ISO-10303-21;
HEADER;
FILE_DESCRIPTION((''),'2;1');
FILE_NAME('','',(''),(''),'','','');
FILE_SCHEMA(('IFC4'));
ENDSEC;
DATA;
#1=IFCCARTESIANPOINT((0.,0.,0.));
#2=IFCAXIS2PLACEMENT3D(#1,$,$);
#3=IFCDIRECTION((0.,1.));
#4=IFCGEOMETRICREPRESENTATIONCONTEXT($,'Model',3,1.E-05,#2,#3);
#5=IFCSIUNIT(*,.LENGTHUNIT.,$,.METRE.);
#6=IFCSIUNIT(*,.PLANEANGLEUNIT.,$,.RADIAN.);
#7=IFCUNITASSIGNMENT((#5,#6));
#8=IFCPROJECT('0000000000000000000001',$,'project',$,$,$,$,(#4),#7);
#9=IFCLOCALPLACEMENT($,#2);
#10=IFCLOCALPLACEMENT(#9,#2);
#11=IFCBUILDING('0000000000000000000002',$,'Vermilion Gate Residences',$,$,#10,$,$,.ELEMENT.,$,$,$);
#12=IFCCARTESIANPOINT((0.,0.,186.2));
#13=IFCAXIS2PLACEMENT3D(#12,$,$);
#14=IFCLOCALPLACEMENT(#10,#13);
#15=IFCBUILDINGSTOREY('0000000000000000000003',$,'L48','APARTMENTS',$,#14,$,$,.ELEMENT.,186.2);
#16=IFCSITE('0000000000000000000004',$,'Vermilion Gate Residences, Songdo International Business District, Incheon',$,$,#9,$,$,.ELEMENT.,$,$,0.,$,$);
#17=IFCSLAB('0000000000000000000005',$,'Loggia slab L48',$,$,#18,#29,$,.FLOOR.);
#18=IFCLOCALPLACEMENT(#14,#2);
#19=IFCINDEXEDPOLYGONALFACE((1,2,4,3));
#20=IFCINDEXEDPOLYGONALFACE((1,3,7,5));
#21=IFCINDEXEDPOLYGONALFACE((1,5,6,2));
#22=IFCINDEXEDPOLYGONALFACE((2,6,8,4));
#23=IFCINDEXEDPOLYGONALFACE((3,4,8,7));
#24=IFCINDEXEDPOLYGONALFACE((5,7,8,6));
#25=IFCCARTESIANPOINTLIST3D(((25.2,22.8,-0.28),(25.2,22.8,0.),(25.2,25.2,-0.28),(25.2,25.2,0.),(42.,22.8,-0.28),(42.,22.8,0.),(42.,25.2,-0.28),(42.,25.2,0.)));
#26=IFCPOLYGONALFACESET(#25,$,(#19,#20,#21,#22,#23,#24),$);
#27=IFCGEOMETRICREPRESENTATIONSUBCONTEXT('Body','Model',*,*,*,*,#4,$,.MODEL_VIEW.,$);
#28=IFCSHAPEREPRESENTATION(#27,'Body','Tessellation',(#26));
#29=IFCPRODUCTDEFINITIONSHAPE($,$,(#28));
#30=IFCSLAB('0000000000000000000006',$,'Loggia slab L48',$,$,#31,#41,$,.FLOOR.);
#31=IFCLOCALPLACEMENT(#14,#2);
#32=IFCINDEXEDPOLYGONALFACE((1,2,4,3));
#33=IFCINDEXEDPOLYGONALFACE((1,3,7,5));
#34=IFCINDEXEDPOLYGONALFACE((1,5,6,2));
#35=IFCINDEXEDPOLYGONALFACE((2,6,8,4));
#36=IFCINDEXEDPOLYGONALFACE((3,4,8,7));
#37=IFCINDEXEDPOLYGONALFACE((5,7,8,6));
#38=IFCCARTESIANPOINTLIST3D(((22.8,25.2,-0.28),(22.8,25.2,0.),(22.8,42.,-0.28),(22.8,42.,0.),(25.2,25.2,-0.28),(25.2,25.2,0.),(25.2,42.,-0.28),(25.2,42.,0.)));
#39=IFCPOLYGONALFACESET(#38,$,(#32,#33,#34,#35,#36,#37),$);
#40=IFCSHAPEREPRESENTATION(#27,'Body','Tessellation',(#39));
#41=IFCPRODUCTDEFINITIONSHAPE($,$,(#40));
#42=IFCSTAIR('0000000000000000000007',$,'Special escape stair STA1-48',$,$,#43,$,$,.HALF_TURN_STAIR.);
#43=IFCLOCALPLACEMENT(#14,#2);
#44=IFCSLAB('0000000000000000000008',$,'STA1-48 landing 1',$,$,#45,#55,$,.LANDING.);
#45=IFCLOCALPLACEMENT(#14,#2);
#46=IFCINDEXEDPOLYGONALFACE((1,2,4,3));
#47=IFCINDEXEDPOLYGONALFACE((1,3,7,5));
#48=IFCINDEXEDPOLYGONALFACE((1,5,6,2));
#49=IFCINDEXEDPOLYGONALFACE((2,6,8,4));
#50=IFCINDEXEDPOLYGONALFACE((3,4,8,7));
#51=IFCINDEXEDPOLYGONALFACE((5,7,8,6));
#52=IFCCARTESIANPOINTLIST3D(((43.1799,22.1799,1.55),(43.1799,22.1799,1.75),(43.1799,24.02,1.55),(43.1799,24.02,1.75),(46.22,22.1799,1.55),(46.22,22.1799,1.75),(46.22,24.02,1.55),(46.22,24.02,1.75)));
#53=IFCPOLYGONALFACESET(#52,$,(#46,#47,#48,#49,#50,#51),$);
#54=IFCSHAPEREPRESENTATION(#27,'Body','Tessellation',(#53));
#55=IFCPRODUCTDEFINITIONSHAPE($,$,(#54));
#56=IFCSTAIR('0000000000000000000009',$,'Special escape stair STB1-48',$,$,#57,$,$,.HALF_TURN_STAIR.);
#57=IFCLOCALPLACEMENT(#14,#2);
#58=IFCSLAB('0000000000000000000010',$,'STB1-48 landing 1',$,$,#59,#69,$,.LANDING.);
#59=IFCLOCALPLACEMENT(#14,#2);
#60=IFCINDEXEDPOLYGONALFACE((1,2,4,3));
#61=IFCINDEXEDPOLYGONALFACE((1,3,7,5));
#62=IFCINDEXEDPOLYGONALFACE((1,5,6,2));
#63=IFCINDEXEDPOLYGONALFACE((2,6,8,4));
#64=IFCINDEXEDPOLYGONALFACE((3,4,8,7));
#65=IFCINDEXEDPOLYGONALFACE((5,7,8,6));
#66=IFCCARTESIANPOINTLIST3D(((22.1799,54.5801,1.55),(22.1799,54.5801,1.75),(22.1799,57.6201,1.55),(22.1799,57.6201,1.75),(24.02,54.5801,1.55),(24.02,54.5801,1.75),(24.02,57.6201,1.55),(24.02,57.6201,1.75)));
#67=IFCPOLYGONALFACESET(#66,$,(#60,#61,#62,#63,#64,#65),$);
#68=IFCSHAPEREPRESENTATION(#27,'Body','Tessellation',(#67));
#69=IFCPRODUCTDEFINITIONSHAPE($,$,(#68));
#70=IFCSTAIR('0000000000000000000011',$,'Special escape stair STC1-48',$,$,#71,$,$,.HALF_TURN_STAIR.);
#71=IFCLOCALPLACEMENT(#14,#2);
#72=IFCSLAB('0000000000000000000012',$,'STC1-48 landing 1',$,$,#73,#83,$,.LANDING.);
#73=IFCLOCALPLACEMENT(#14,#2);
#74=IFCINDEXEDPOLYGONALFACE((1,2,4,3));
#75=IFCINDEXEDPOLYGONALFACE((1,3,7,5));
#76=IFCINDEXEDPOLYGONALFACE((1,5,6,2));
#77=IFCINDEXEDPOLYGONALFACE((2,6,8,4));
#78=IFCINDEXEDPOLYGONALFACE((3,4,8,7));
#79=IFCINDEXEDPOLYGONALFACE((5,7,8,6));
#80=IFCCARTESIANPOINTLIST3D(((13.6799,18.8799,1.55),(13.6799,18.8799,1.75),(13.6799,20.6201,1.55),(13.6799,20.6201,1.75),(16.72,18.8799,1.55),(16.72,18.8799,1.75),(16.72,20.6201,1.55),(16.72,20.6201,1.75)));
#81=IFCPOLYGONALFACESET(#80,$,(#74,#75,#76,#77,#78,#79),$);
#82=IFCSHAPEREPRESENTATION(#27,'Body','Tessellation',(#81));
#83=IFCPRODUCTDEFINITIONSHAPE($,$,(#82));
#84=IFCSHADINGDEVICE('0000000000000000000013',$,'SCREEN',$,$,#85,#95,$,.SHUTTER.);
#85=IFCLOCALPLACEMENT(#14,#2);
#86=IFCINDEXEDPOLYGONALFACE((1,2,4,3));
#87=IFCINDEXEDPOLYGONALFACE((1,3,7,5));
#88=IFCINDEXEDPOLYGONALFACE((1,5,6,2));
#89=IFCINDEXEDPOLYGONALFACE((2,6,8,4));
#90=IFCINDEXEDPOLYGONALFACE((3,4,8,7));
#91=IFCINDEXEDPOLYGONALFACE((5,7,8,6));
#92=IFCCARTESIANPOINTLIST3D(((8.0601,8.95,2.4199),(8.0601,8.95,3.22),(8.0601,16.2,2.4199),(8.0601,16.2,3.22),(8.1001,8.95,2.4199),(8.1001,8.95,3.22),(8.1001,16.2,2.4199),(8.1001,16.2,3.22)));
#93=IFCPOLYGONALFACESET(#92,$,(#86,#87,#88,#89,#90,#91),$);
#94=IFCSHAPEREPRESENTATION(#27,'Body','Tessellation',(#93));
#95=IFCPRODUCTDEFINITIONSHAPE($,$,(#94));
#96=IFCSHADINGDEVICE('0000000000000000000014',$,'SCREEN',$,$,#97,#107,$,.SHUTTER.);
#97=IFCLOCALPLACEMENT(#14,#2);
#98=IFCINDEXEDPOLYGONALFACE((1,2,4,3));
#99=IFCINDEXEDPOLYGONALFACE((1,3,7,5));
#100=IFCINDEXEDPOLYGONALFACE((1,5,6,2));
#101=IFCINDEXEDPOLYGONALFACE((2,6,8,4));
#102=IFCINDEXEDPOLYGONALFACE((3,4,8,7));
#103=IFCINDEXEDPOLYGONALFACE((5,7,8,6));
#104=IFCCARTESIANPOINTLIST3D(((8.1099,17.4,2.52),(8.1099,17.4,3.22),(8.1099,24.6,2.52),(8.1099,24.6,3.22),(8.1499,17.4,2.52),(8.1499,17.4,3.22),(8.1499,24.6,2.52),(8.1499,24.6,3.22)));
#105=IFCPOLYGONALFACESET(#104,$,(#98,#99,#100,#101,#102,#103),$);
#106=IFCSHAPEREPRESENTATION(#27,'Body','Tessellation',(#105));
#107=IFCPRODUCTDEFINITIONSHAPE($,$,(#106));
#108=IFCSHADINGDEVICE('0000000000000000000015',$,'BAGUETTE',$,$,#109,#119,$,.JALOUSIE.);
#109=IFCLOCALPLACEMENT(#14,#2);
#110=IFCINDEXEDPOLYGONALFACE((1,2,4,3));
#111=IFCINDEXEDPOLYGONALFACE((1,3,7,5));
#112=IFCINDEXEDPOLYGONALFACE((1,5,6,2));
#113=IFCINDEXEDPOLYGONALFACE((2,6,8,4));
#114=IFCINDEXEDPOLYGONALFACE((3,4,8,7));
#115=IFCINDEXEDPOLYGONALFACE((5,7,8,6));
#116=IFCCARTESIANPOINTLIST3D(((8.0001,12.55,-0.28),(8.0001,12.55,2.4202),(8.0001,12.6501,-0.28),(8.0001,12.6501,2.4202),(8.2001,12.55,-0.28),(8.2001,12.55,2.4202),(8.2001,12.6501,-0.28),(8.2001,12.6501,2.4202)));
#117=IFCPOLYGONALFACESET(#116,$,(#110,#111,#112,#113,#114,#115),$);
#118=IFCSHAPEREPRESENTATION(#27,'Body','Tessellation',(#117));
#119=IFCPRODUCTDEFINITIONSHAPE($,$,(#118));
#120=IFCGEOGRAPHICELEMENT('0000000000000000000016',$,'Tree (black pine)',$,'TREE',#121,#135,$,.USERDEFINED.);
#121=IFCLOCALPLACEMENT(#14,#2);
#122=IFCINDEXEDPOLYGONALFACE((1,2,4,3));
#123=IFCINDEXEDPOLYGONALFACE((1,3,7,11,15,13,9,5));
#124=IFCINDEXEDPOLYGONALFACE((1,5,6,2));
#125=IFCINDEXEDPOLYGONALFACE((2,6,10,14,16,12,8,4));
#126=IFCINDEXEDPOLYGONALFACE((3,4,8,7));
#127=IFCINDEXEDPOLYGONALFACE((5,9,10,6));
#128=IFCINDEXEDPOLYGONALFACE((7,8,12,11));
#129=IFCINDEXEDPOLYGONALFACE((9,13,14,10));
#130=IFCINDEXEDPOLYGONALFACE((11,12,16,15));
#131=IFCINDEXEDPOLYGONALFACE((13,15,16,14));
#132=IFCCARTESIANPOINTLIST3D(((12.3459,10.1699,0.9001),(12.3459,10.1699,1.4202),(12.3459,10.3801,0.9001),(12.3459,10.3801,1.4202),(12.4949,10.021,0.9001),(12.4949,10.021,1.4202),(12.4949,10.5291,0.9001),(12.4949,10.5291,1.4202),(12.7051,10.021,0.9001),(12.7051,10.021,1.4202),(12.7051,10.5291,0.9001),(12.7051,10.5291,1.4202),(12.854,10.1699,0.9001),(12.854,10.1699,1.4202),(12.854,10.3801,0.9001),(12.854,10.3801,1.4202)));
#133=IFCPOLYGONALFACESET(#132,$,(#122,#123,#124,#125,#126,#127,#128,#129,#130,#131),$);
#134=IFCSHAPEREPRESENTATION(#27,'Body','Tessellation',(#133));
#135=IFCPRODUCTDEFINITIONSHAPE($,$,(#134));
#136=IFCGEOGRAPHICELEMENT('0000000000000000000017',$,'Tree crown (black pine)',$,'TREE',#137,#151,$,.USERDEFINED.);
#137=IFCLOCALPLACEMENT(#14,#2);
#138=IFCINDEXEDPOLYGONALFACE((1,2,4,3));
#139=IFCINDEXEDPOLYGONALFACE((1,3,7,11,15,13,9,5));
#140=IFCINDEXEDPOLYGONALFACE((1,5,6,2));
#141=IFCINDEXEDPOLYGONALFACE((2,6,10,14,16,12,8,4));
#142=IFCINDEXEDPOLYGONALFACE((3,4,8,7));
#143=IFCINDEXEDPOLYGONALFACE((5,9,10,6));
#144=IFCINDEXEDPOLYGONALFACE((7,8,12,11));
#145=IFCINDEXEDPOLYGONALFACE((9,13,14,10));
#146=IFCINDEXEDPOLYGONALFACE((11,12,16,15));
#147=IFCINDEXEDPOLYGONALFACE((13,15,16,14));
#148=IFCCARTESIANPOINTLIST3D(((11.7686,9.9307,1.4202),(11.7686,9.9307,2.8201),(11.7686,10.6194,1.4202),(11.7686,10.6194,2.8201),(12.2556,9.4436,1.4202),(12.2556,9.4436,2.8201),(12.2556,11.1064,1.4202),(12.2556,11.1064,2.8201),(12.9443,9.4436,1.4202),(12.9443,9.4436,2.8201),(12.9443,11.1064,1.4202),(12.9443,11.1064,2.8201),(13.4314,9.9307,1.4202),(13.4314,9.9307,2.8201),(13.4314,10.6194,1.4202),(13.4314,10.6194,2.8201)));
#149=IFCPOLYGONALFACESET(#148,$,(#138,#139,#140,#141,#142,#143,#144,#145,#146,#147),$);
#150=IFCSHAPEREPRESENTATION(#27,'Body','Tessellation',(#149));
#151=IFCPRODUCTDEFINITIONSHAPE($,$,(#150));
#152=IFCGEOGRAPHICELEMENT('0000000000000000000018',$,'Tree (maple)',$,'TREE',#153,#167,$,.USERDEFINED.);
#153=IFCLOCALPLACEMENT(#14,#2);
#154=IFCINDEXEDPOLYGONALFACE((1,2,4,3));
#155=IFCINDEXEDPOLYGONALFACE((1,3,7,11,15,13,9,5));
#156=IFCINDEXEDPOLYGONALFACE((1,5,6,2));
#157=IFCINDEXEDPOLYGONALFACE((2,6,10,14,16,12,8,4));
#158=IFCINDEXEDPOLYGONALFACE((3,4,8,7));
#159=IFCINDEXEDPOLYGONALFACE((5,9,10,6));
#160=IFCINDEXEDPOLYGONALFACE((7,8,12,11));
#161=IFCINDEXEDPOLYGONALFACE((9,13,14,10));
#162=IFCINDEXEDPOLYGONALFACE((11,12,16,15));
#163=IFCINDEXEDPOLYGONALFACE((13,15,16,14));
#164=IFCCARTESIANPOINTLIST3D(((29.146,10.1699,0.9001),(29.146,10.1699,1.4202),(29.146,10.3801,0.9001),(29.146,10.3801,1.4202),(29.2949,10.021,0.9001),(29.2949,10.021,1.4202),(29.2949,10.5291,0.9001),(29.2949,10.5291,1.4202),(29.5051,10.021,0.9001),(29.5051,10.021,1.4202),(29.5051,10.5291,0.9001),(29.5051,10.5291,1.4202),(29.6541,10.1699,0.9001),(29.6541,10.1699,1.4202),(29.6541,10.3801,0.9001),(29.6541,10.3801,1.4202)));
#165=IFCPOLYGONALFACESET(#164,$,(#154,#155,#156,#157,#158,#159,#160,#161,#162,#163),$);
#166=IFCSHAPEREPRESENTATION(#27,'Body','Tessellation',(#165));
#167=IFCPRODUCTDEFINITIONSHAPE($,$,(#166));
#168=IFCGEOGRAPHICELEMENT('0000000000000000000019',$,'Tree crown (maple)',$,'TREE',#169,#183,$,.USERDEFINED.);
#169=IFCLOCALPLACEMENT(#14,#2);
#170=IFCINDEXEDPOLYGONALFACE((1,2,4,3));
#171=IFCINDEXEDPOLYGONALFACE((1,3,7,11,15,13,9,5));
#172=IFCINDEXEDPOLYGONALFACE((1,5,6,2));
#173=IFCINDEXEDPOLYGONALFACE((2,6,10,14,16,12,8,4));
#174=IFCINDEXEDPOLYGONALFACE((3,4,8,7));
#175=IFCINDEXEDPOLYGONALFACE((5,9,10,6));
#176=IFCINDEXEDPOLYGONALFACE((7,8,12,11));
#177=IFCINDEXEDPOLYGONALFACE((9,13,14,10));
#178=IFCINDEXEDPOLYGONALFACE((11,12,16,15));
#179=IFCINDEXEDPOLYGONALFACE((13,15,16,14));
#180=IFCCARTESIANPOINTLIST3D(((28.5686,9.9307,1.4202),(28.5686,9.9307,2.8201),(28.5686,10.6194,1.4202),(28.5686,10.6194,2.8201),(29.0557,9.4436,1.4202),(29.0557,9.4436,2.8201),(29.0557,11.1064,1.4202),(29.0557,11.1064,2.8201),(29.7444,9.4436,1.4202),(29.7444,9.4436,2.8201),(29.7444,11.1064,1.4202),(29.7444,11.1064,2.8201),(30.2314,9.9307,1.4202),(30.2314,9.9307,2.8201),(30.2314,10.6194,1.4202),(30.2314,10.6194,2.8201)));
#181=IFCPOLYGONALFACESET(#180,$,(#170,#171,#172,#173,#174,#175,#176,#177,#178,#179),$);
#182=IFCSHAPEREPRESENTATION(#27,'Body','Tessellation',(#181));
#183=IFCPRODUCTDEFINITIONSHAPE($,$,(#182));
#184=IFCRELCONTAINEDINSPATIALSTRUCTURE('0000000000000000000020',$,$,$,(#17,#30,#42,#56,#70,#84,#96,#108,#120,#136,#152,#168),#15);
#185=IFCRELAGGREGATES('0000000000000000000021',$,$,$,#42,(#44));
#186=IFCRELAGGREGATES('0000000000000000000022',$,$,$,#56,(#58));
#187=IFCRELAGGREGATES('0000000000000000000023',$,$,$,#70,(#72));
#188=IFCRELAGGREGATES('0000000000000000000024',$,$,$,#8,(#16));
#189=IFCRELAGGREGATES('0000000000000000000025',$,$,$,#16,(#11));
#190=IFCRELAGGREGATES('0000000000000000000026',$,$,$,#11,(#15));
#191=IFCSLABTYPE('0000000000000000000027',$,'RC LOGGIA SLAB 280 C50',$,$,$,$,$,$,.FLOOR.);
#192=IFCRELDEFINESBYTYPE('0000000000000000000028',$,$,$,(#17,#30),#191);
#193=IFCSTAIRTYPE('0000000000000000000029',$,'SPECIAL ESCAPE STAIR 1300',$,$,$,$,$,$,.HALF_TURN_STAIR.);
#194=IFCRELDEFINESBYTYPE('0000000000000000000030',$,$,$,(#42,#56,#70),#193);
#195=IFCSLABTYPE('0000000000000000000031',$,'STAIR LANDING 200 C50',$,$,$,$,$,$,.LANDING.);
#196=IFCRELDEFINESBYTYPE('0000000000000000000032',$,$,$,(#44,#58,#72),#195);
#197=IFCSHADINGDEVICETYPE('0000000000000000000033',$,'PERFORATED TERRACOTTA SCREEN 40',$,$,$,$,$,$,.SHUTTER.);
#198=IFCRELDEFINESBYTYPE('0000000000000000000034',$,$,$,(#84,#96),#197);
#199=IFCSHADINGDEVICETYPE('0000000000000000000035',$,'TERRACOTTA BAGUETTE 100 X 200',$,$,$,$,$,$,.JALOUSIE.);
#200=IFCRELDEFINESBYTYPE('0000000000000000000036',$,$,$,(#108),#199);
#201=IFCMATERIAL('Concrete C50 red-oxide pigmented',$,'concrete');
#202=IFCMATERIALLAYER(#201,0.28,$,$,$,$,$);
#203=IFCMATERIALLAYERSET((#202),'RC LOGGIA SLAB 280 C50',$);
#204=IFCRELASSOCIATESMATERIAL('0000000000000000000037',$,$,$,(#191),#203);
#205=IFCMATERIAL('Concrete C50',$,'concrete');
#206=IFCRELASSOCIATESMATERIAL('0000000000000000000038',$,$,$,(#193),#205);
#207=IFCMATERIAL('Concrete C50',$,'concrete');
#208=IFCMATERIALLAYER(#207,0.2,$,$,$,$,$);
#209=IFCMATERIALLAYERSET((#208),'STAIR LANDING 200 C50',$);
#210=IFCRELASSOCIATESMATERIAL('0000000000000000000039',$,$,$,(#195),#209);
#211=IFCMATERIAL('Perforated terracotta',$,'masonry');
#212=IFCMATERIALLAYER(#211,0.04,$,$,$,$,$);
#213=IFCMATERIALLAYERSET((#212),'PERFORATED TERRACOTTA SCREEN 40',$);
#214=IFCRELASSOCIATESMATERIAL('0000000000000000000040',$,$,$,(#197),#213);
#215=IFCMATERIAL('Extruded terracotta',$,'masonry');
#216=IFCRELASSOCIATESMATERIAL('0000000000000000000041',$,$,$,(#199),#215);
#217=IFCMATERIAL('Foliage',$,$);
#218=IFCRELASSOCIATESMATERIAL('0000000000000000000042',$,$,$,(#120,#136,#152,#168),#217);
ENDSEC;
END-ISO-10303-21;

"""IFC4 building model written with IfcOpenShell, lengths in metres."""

from ifc_helpers import new_model, si_unit, direction, frame, origin, origin_2d, place, context, subcontext, project, spatial, polyline, rectangle, outline, extrude, material, layer, layer_set, material_profile, profile_set, type_object, element, aggregate, save


model = new_model("IFC4")

# Units and contexts
model_context = context("Model", 3, precision=1e-05, world=origin(), true_north=direction((0.0, 1.0)))
body_context = subcontext(model_context, "Body", "Model", "MODEL_VIEW")
ifc_project = project(units=[si_unit("LENGTHUNIT", "METRE"), si_unit("PLANEANGLEUNIT", "RADIAN")], contexts=[model_context])

# Site, building, storey
site_placement = place(None, origin())
site = spatial("IfcSite", under=ifc_project, at=site_placement, Name="Vermilion Gate Residences, Songdo International Business District, Incheon", CompositionType="ELEMENT", RefElevation=0.0)
building_placement = place(site_placement, origin())
building = spatial("IfcBuilding", under=site, at=building_placement, Name="Vermilion Gate Residences", CompositionType="ELEMENT")
storey_placement = place(building_placement, frame((0.0, 0.0, 186.2)))
storey = spatial("IfcBuildingStorey", under=building, at=storey_placement, Name="L48", Description="APARTMENTS", CompositionType="ELEMENT", Elevation=186.2)

# Slabs
ifc_material_1 = material(Name="Concrete C50 red-oxide pigmented", Category="concrete")
ifc_layer_1 = layer(ifc_material_1, 0.28)
ifc_layer_set_1 = layer_set([ifc_layer_1], Name="RC LOGGIA SLAB 280 C50")
slab_type_1 = type_object("IfcSlabType", Name="RC LOGGIA SLAB 280 C50", PredefinedType="FLOOR", material=ifc_layer_set_1)
slab_1_placement = place(storey_placement, frame((0.0, 0.0, -0.28)))
element("IfcSlab", 1, at=slab_1_placement, inside=storey, type_object=slab_type_1, Name="Loggia slab L48", PredefinedType="FLOOR", context=body_context, shape_type="SweptSolid", body=[
    extrude(outline(polyline([(42.0, 25.2), (25.2, 25.2), (25.2, 22.8), (42.0, 22.8), (42.0, 25.2)])), origin(), (0.0, 0.0, 1.0), 0.28),
])
slab_2_placement = place(storey_placement, frame((0.0, 0.0, -0.28)))
element("IfcSlab", 2, at=slab_2_placement, inside=storey, type_object=slab_type_1, Name="Loggia slab L48", PredefinedType="FLOOR", context=body_context, shape_type="SweptSolid", body=[
    extrude(outline(polyline([(22.8, 42.0), (22.8, 25.2), (25.2, 25.2), (25.2, 42.0), (22.8, 42.0)])), origin(), (0.0, 0.0, 1.0), 0.28),
])

# Stairs, slabs
ifc_material_2 = material(Name="Concrete C50", Category="concrete")
stair_type = type_object("IfcStairType", Name="SPECIAL ESCAPE STAIR 1300", PredefinedType="HALF_TURN_STAIR", material=ifc_material_2)
stair_1_placement = place(storey_placement, origin())
stair_1 = element("IfcStair", 3, at=stair_1_placement, inside=storey, type_object=stair_type, Name="Special escape stair STA1-48", PredefinedType="HALF_TURN_STAIR")
ifc_material_3 = material(Name="Concrete C50", Category="concrete")
ifc_layer_2 = layer(ifc_material_3, 0.2)
ifc_layer_set_2 = layer_set([ifc_layer_2], Name="STAIR LANDING 200 C50")
slab_type_2 = type_object("IfcSlabType", Name="STAIR LANDING 200 C50", PredefinedType="LANDING", material=ifc_layer_set_2)
slab_3_placement = place(storey_placement, frame((0.0, 0.0, 1.55)))
slab_3 = element("IfcSlab", 4, at=slab_3_placement, type_object=slab_type_2, Name="STA1-48 landing 1", PredefinedType="LANDING", context=body_context, shape_type="SweptSolid", body=[
    extrude(outline(polyline([(46.22, 22.1799), (46.22, 24.02), (43.1799, 24.02), (43.1799, 22.1799), (46.22, 22.1799)])), origin(), (0.0, 0.0, 1.0), 0.2),
])
aggregate(stair_1, [slab_3])
stair_2_placement = place(storey_placement, origin())
stair_2 = element("IfcStair", 5, at=stair_2_placement, inside=storey, type_object=stair_type, Name="Special escape stair STB1-48", PredefinedType="HALF_TURN_STAIR")
slab_4_placement = place(storey_placement, frame((0.0, 0.0, 1.55)))
slab_4 = element("IfcSlab", 6, at=slab_4_placement, type_object=slab_type_2, Name="STB1-48 landing 1", PredefinedType="LANDING", context=body_context, shape_type="SweptSolid", body=[
    extrude(outline(polyline([(24.02, 54.5801), (24.02, 57.6201), (22.1799, 57.6201), (22.1799, 54.5801), (24.02, 54.5801)])), origin(), (0.0, 0.0, 1.0), 0.2),
])
aggregate(stair_2, [slab_4])
stair_3_placement = place(storey_placement, origin())
stair_3 = element("IfcStair", 7, at=stair_3_placement, inside=storey, type_object=stair_type, Name="Special escape stair STC1-48", PredefinedType="HALF_TURN_STAIR")
slab_5_placement = place(storey_placement, frame((0.0, 0.0, 1.55)))
slab_5 = element("IfcSlab", 8, at=slab_5_placement, type_object=slab_type_2, Name="STC1-48 landing 1", PredefinedType="LANDING", context=body_context, shape_type="SweptSolid", body=[
    extrude(outline(polyline([(16.72, 18.8799), (16.72, 20.6201), (13.6799, 20.6201), (13.6799, 18.8799), (16.72, 18.8799)])), origin(), (0.0, 0.0, 1.0), 0.2),
])
aggregate(stair_3, [slab_5])

# Shading devices
ifc_material_4 = material(Name="Perforated terracotta", Category="masonry")
ifc_layer_3 = layer(ifc_material_4, 0.04)
ifc_layer_set_3 = layer_set([ifc_layer_3], Name="PERFORATED TERRACOTTA SCREEN 40")
shading_device_type_1 = type_object("IfcShadingDeviceType", Name="PERFORATED TERRACOTTA SCREEN 40", PredefinedType="SHUTTER", material=ifc_layer_set_3)
shading_device_1_placement = place(storey_placement, frame((8.0801, 12.575, 2.4199), z_axis=(0.0, 0.0, 1.0), x_axis=(0.0, -1.0, 0.0)))
element("IfcShadingDevice", 9, at=shading_device_1_placement, inside=storey, type_object=shading_device_type_1, Name="SCREEN", PredefinedType="SHUTTER", context=body_context, shape_type="SweptSolid", body=[
    extrude(rectangle(XDim=7.25, YDim=0.04, at=origin_2d()), origin(), (0.0, 0.0, 1.0), 0.8),
])
shading_device_2_placement = place(storey_placement, frame((8.1299, 21.0, 2.52), z_axis=(0.0, 0.0, 1.0), x_axis=(0.0, -1.0, 0.0)))
element("IfcShadingDevice", 10, at=shading_device_2_placement, inside=storey, type_object=shading_device_type_1, Name="SCREEN", PredefinedType="SHUTTER", context=body_context, shape_type="SweptSolid", body=[
    extrude(rectangle(XDim=7.2, YDim=0.04, at=origin_2d()), origin(), (0.0, 0.0, 1.0), 0.7),
])
ifc_material_5 = material(Name="Extruded terracotta", Category="masonry")
ifc_material_profile = material_profile(ifc_material_5, rectangle(XDim=0.2, YDim=0.1001, at=origin_2d()), Name="BAGUETTE 100 X 200")
ifc_profile_set = profile_set([ifc_material_profile], Name="Extruded terracotta")
shading_device_type_2 = type_object("IfcShadingDeviceType", Name="TERRACOTTA BAGUETTE 100 X 200", PredefinedType="JALOUSIE", material=ifc_profile_set)
shading_device_3_placement = place(storey_placement, frame((8.1001, 12.6001, -0.28), z_axis=(0.0, 0.0, 1.0), x_axis=(1.0, 0.0, 0.0)))
element("IfcShadingDevice", 11, at=shading_device_3_placement, inside=storey, type_object=shading_device_type_2, Name="BAGUETTE", PredefinedType="JALOUSIE", context=body_context, shape_type="SweptSolid", body=[
    extrude(rectangle(XDim=0.2, YDim=0.1001, at=origin_2d()), origin(), (0.0, 0.0, 1.0), 2.7002),
])

# Geographic elements
ifc_material_6 = material(Name="Foliage")
geographic_element_1_placement = place(storey_placement, frame((0.0, 0.0, 0.9001)))
element("IfcGeographicElement", 12, at=geographic_element_1_placement, inside=storey, material=ifc_material_6, Name="Tree (black pine)", ObjectType="TREE", PredefinedType="USERDEFINED", context=body_context, shape_type="SweptSolid", body=[
    extrude(outline(polyline([(12.854, 10.3801), (12.7051, 10.5291), (12.4949, 10.5291), (12.3459, 10.3801), (12.3459, 10.1699), (12.4949, 10.021), (12.7051, 10.021), (12.854, 10.1699), (12.854, 10.3801)])), origin(), (0.0, 0.0, 1.0), 0.52),
])
geographic_element_2_placement = place(storey_placement, frame((0.0, 0.0, 1.4202)))
element("IfcGeographicElement", 13, at=geographic_element_2_placement, inside=storey, material=ifc_material_6, Name="Tree crown (black pine)", ObjectType="TREE", PredefinedType="USERDEFINED", context=body_context, shape_type="SweptSolid", body=[
    extrude(outline(polyline([(13.4314, 10.6194), (12.9443, 11.1064), (12.2556, 11.1064), (11.7686, 10.6194), (11.7686, 9.9307), (12.2556, 9.4436), (12.9443, 9.4436), (13.4314, 9.9307), (13.4314, 10.6194)])), origin(), (0.0, 0.0, 1.0), 1.3999),
])
geographic_element_3_placement = place(storey_placement, frame((0.0, 0.0, 0.9001)))
element("IfcGeographicElement", 14, at=geographic_element_3_placement, inside=storey, material=ifc_material_6, Name="Tree (maple)", ObjectType="TREE", PredefinedType="USERDEFINED", context=body_context, shape_type="SweptSolid", body=[
    extrude(outline(polyline([(29.6541, 10.3801), (29.5051, 10.5291), (29.2949, 10.5291), (29.146, 10.3801), (29.146, 10.1699), (29.2949, 10.021), (29.5051, 10.021), (29.6541, 10.1699), (29.6541, 10.3801)])), origin(), (0.0, 0.0, 1.0), 0.52),
])
geographic_element_4_placement = place(storey_placement, frame((0.0, 0.0, 1.4202)))
element("IfcGeographicElement", 15, at=geographic_element_4_placement, inside=storey, material=ifc_material_6, Name="Tree crown (maple)", ObjectType="TREE", PredefinedType="USERDEFINED", context=body_context, shape_type="SweptSolid", body=[
    extrude(outline(polyline([(30.2314, 10.6194), (29.7444, 11.1064), (29.0557, 11.1064), (28.5686, 10.6194), (28.5686, 9.9307), (29.0557, 9.4436), (29.7444, 9.4436), (30.2314, 9.9307), (30.2314, 10.6194)])), origin(), (0.0, 0.0, 1.0), 1.3999),
])

save(model, "model.ifc")
